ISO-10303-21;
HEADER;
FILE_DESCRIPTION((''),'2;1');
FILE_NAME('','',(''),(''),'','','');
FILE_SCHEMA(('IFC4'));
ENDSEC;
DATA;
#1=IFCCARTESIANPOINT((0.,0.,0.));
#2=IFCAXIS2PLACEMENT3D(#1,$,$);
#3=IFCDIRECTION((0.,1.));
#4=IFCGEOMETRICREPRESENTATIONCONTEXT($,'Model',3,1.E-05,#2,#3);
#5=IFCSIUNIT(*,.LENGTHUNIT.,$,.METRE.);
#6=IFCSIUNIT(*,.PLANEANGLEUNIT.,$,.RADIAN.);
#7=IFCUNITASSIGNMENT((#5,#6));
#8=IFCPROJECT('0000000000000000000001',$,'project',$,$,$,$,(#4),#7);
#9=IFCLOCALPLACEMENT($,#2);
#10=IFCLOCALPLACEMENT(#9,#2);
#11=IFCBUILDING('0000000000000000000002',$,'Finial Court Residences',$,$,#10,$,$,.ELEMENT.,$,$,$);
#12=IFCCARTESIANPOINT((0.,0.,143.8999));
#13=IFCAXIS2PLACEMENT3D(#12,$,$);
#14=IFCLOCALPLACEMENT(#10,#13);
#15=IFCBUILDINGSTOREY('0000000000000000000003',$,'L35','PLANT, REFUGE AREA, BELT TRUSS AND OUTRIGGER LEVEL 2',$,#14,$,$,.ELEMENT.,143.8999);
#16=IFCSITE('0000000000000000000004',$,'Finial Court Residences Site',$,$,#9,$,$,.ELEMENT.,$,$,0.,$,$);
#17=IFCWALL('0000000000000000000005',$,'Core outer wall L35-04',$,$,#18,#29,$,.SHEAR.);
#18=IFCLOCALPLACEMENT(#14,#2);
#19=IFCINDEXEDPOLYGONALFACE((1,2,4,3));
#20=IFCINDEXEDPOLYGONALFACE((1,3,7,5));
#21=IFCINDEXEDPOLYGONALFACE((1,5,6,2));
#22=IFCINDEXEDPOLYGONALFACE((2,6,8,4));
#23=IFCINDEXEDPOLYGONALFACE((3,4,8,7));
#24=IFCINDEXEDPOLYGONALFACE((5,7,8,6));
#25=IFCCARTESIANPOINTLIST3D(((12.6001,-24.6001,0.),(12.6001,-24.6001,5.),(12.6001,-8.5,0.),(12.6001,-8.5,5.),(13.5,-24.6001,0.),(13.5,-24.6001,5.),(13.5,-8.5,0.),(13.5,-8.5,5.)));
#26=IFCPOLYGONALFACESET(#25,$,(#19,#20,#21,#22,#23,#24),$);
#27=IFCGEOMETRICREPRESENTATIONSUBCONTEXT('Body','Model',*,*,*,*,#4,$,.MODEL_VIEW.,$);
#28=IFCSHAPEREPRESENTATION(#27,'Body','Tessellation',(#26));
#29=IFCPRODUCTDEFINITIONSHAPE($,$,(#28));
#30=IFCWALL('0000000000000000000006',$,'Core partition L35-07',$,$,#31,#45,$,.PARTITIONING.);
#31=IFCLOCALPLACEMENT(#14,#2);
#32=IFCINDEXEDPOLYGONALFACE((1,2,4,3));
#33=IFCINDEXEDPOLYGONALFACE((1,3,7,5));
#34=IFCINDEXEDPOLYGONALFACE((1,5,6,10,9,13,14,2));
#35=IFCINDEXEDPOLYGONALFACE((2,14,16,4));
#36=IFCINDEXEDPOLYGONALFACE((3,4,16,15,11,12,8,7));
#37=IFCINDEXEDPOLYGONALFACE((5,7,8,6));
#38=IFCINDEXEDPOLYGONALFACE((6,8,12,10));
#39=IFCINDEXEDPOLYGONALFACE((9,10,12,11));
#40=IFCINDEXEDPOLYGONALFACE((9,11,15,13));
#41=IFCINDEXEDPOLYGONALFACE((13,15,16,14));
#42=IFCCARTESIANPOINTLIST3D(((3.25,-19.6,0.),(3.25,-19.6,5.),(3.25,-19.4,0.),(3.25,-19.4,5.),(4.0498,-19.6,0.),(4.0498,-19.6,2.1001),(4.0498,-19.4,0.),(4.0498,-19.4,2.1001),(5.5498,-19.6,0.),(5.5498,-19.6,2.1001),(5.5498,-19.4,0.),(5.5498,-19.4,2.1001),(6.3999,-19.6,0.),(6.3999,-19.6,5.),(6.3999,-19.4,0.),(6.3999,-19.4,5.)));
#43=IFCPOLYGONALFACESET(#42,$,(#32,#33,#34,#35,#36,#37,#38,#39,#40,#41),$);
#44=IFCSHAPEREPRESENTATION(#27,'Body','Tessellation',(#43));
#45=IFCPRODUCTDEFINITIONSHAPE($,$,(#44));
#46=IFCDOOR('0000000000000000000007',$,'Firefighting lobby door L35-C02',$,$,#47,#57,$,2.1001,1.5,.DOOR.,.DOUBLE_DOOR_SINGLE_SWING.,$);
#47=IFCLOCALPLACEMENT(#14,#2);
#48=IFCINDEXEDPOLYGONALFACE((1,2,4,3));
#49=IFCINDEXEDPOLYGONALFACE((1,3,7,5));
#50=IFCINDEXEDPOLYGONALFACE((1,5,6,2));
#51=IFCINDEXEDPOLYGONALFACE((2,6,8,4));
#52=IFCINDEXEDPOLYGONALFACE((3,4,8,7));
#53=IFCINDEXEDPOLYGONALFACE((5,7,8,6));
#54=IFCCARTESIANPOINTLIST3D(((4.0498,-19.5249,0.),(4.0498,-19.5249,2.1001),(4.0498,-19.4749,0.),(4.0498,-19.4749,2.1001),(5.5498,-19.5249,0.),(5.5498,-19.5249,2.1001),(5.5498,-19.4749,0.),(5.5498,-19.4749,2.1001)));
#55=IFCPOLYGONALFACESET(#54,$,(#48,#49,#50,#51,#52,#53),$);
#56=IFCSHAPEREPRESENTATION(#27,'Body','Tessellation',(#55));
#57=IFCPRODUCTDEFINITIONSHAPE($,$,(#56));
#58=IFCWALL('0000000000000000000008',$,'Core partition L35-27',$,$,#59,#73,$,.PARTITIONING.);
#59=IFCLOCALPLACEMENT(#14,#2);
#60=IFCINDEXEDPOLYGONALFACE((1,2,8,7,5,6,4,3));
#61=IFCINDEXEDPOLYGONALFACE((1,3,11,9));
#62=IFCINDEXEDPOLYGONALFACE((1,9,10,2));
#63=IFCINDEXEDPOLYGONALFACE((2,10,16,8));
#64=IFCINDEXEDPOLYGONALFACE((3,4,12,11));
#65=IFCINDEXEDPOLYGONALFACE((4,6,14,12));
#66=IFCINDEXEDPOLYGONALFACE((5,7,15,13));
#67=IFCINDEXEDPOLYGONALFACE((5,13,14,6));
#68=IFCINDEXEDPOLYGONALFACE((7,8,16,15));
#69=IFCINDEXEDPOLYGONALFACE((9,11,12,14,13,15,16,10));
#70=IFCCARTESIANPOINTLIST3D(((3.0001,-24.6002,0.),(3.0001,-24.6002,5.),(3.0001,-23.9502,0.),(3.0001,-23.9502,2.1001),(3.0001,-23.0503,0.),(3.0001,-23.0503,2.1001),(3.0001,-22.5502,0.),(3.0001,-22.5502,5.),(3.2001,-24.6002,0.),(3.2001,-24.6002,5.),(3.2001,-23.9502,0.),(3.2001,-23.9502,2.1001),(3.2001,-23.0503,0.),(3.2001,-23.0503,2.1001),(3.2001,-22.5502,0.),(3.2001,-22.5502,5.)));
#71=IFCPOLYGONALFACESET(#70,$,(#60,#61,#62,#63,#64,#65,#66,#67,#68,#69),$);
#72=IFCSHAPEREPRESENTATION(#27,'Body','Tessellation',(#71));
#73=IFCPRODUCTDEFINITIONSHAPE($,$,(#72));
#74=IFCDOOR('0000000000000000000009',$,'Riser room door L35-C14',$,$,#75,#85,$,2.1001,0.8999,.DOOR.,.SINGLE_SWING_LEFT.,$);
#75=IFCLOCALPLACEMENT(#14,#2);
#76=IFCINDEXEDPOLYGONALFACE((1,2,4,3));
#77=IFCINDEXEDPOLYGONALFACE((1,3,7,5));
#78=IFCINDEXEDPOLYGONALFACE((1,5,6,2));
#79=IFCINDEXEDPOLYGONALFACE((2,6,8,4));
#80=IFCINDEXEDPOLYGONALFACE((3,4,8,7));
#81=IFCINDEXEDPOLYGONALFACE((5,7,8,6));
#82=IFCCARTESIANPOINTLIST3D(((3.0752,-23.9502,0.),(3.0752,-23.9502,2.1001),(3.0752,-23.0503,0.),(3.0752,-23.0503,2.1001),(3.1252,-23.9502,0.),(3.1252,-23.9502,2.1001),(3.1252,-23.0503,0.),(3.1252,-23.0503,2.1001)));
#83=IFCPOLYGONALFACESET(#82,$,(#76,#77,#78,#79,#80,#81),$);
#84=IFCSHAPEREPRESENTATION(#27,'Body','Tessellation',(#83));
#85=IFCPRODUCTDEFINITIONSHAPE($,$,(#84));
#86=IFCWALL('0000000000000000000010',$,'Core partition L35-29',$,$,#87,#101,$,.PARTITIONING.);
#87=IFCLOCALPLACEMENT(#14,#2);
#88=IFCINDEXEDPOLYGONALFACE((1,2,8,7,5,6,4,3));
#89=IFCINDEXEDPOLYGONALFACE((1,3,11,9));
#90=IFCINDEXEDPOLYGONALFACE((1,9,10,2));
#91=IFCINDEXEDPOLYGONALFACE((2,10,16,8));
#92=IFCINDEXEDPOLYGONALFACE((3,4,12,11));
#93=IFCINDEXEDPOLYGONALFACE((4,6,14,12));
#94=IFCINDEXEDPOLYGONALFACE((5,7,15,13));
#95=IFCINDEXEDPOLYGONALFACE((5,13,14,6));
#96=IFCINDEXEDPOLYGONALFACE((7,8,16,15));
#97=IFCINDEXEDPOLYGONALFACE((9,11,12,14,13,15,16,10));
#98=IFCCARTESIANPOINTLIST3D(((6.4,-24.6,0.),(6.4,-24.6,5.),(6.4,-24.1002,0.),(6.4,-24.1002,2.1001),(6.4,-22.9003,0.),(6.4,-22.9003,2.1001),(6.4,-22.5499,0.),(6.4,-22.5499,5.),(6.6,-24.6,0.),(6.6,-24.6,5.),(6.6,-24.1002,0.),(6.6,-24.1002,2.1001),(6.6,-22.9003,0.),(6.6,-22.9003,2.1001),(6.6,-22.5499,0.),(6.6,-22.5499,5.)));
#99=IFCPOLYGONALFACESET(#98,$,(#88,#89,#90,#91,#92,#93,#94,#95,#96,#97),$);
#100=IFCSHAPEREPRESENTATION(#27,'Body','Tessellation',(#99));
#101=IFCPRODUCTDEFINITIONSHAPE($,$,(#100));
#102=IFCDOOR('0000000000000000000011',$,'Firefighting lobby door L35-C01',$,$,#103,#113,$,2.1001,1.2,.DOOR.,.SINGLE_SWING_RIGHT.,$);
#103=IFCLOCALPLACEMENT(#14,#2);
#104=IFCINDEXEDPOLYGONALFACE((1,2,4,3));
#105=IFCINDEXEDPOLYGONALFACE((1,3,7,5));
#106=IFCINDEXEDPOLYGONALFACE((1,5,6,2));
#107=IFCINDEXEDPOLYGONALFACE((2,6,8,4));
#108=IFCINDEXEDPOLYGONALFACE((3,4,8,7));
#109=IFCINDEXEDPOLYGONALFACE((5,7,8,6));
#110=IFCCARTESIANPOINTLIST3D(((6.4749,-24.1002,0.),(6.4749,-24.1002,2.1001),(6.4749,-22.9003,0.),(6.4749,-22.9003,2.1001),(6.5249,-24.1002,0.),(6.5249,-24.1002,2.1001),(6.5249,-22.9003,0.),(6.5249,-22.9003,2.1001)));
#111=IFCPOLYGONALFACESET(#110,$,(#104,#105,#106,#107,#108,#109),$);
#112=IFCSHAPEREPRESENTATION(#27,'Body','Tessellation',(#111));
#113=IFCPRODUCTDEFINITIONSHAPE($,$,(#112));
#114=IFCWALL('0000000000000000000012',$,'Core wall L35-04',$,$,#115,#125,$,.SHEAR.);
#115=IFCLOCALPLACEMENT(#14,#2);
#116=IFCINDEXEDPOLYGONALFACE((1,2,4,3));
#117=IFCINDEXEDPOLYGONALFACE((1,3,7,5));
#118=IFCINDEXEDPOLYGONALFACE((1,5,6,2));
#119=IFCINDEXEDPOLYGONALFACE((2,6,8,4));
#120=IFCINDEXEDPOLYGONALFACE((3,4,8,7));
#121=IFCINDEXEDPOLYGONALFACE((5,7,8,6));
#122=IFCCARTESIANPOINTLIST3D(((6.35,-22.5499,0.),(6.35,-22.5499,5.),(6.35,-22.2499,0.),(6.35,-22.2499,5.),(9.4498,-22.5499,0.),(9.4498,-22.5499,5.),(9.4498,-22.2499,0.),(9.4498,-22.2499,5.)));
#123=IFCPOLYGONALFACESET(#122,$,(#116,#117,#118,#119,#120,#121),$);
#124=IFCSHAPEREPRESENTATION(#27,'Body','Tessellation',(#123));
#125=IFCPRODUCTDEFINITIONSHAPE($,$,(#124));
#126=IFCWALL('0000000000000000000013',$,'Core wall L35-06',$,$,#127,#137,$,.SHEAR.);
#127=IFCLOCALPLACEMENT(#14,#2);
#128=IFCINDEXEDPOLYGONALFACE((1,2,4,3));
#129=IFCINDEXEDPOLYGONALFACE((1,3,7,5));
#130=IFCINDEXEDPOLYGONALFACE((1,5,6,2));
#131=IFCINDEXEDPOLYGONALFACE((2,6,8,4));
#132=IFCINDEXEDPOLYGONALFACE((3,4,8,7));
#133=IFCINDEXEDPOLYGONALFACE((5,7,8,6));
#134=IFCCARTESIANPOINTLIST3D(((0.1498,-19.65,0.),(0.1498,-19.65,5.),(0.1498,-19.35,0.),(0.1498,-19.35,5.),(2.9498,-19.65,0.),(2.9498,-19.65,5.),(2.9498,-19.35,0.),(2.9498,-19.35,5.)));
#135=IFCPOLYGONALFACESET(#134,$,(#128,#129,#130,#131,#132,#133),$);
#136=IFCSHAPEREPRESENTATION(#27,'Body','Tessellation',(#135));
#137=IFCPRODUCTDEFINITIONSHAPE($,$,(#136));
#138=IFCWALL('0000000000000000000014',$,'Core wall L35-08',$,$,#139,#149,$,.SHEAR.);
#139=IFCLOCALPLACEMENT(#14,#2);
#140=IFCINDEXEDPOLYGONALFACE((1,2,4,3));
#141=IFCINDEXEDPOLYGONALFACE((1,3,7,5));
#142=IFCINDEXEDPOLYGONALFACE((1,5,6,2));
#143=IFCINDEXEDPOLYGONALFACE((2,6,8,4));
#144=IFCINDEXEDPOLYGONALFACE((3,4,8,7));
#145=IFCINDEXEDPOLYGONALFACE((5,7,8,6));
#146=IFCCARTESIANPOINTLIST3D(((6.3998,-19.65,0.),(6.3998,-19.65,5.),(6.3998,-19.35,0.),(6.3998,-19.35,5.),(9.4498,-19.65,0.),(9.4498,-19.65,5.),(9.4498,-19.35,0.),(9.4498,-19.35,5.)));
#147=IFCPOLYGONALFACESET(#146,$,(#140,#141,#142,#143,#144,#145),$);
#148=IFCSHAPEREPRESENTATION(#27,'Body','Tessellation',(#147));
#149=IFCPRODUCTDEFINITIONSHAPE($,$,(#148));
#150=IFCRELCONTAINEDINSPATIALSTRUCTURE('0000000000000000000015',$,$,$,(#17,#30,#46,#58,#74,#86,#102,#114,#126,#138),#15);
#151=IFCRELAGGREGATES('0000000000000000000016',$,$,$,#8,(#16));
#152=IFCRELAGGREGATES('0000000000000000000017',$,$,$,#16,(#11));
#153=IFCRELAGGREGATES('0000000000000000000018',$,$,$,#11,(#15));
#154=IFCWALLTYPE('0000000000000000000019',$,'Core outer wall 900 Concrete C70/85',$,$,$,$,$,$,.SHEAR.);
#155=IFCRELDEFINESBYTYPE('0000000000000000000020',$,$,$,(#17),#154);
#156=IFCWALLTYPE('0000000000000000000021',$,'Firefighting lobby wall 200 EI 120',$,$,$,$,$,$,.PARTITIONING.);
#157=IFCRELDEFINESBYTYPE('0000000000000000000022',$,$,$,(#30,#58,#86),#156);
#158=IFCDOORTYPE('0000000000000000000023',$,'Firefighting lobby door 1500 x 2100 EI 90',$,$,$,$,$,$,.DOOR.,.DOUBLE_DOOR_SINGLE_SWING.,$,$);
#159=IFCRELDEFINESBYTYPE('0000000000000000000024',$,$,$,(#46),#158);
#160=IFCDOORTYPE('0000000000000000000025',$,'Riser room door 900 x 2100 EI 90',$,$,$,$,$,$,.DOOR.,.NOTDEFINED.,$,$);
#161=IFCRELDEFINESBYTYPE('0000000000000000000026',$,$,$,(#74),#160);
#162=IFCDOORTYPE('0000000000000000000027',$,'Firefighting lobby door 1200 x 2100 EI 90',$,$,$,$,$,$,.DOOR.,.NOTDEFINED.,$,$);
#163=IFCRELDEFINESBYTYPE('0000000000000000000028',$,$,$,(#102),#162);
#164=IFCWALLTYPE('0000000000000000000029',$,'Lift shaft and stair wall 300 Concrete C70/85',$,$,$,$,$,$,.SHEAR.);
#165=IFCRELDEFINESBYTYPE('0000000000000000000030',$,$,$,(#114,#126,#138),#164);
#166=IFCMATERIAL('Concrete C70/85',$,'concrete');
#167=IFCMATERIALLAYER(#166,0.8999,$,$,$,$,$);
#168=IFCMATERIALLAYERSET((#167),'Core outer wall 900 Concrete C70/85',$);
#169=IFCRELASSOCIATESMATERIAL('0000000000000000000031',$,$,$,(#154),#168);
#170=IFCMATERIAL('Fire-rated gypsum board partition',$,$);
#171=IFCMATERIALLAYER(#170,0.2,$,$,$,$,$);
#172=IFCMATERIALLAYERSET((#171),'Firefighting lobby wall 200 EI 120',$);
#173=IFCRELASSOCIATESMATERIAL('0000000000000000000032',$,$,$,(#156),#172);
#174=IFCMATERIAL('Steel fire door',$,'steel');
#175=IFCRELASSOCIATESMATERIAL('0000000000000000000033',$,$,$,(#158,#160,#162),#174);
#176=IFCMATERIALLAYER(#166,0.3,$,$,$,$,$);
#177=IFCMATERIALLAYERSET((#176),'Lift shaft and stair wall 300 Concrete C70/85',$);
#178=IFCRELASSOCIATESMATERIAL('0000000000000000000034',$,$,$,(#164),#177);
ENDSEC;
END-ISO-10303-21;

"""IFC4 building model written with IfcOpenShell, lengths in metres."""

from ifc_helpers import new_model, si_unit, direction, frame, frame_2d, origin, place, context, subcontext, project, spatial, rectangle, extrude, material, layer, layer_set, type_object, element, fill, save


model = new_model("IFC4")

# Units and contexts
model_context = context("Model", 3, precision=1e-05, world=origin(), true_north=direction((0.0, 1.0)))
body_context = subcontext(model_context, "Body", "Model", "MODEL_VIEW")
ifc_project = project(units=[si_unit("LENGTHUNIT", "METRE"), si_unit("PLANEANGLEUNIT", "RADIAN")], contexts=[model_context])

# Site, building, storey
site_placement = place(None, origin())
site = spatial("IfcSite", under=ifc_project, at=site_placement, Name="Finial Court Residences Site", CompositionType="ELEMENT", RefElevation=0.0)
building_placement = place(site_placement, origin())
building = spatial("IfcBuilding", under=site, at=building_placement, Name="Finial Court Residences", CompositionType="ELEMENT")
storey_placement = place(building_placement, frame((0.0, 0.0, 143.8999)))
storey = spatial("IfcBuildingStorey", under=building, at=storey_placement, Name="L35", Description="PLANT, REFUGE AREA, BELT TRUSS AND OUTRIGGER LEVEL 2", CompositionType="ELEMENT", Elevation=143.8999)

# Wall
ifc_material_1 = material(Name="Concrete C70/85", Category="concrete")
ifc_layer_1 = layer(ifc_material_1, 0.8999)
ifc_layer_set_1 = layer_set([ifc_layer_1], Name="Core outer wall 900 Concrete C70/85")
wall_type_1 = type_object("IfcWallType", Name="Core outer wall 900 Concrete C70/85", PredefinedType="SHEAR", material=ifc_layer_set_1)
wall_1_placement = place(storey_placement, frame((13.05, -24.6001, 0.0), z_axis=(0.0, 0.0, 1.0), x_axis=(0.0, 1.0, 0.0)))
element("IfcWall", 1, at=wall_1_placement, inside=storey, type_object=wall_type_1, Name="Core outer wall L35-04", PredefinedType="SHEAR", context=body_context, shape_type="SweptSolid", body=[
    extrude(rectangle(XDim=16.1001, YDim=0.8999, at=frame_2d((8.05, 0.0))), origin(), (0.0, 0.0, 1.0), 5.0),
])

# Walls, openings, doors
ifc_material_2 = material(Name="Fire-rated gypsum board partition")
ifc_layer_2 = layer(ifc_material_2, 0.2)
ifc_layer_set_2 = layer_set([ifc_layer_2], Name="Firefighting lobby wall 200 EI 120")
wall_type_2 = type_object("IfcWallType", Name="Firefighting lobby wall 200 EI 120", PredefinedType="PARTITIONING", material=ifc_layer_set_2)
wall_2_placement = place(storey_placement, frame((6.3999, -19.5, 0.0), z_axis=(0.0, 0.0, 1.0), x_axis=(-1.0, 0.0, 0.0)))
wall_2 = element("IfcWall", 2, at=wall_2_placement, inside=storey, type_object=wall_type_2, Name="Core partition L35-07", PredefinedType="PARTITIONING", context=body_context, shape_type="SweptSolid", body=[
    extrude(rectangle(XDim=3.1499, YDim=0.2, at=frame_2d((1.575, 0.0))), origin(), (0.0, 0.0, 1.0), 5.0),
])
opening_1_placement = place(wall_2_placement, frame((0.8501, 0.0, 0.0)))
opening_1 = element("IfcOpeningElement", 3, at=opening_1_placement, cuts=wall_2, PredefinedType="OPENING", context=body_context, shape_type="SweptSolid", body=[
    extrude(rectangle(XDim=1.5, YDim=2.1001, at=frame_2d((0.75, 1.05))), frame((0.0, 0.1099, 0.0), z_axis=(0.0, -1.0, 0.0), x_axis=(1.0, 0.0, 0.0)), (0.0, 0.0, 1.0), 0.22),
])
ifc_material_3 = material(Name="Steel fire door", Category="steel")
door_type_1 = type_object("IfcDoorType", Name="Firefighting lobby door 1500 x 2100 EI 90", OperationType="DOUBLE_DOOR_SINGLE_SWING", PredefinedType="DOOR", material=ifc_material_3)
door_1_placement = place(opening_1_placement, origin())
door_1 = element("IfcDoor", 4, at=door_1_placement, inside=storey, type_object=door_type_1, Name="Firefighting lobby door L35-C02", OperationType="DOUBLE_DOOR_SINGLE_SWING", OverallHeight=2.1001, OverallWidth=1.5, PredefinedType="DOOR", context=body_context, shape_type="SweptSolid", body=[
    extrude(rectangle(XDim=1.5, YDim=2.1001, at=frame_2d((0.75, 1.05))), frame((0.0, 0.0249, 0.0), z_axis=(0.0, -1.0, 0.0), x_axis=(1.0, 0.0, 0.0)), (0.0, 0.0, 1.0), 0.05),
])
fill(opening_1, door_1)
wall_3_placement = place(storey_placement, frame((3.1001, -24.6001, 0.0), z_axis=(0.0, 0.0, 1.0), x_axis=(0.0, 1.0, 0.0)))
wall_3 = element("IfcWall", 5, at=wall_3_placement, inside=storey, type_object=wall_type_2, Name="Core partition L35-27", PredefinedType="PARTITIONING", context=body_context, shape_type="SweptSolid", body=[
    extrude(rectangle(XDim=2.05, YDim=0.2, at=frame_2d((1.0249, 0.0))), origin(), (0.0, 0.0, 1.0), 5.0),
])
opening_2_placement = place(wall_3_placement, frame((0.6499, 0.0, 0.0)))
opening_2 = element("IfcOpeningElement", 6, at=opening_2_placement, cuts=wall_3, PredefinedType="OPENING", context=body_context, shape_type="SweptSolid", body=[
    extrude(rectangle(XDim=0.8999, YDim=2.1001, at=frame_2d((0.45, 1.05))), frame((0.0, 0.1099, 0.0), z_axis=(0.0, -1.0, 0.0), x_axis=(1.0, 0.0, 0.0)), (0.0, 0.0, 1.0), 0.22),
])
door_type_2 = type_object("IfcDoorType", Name="Riser room door 900 x 2100 EI 90", OperationType="NOTDEFINED", PredefinedType="DOOR", material=ifc_material_3)
door_2_placement = place(opening_2_placement, origin())
door_2 = element("IfcDoor", 7, at=door_2_placement, inside=storey, type_object=door_type_2, Name="Riser room door L35-C14", OperationType="SINGLE_SWING_LEFT", OverallHeight=2.1001, OverallWidth=0.8999, PredefinedType="DOOR", context=body_context, shape_type="SweptSolid", body=[
    extrude(rectangle(XDim=0.8999, YDim=2.1001, at=frame_2d((0.45, 1.05))), frame((0.0, 0.0249, 0.0), z_axis=(0.0, -1.0, 0.0), x_axis=(1.0, 0.0, 0.0)), (0.0, 0.0, 1.0), 0.05),
])
fill(opening_2, door_2)
wall_4_placement = place(storey_placement, frame((6.5, -22.55, 0.0), z_axis=(0.0, 0.0, 1.0), x_axis=(0.0, -1.0, 0.0)))
wall_4 = element("IfcWall", 8, at=wall_4_placement, inside=storey, type_object=wall_type_2, Name="Core partition L35-29", PredefinedType="PARTITIONING", context=body_context, shape_type="SweptSolid", body=[
    extrude(rectangle(XDim=2.05, YDim=0.2, at=frame_2d((1.0249, 0.0))), origin(), (0.0, 0.0, 1.0), 5.0),
])
opening_3_placement = place(wall_4_placement, frame((0.3501, 0.0, 0.0)))
opening_3 = element("IfcOpeningElement", 9, at=opening_3_placement, cuts=wall_4, PredefinedType="OPENING", context=body_context, shape_type="SweptSolid", body=[
    extrude(rectangle(XDim=1.2, YDim=2.1001, at=frame_2d((0.6001, 1.05))), frame((0.0, 0.1099, 0.0), z_axis=(0.0, -1.0, 0.0), x_axis=(1.0, 0.0, 0.0)), (0.0, 0.0, 1.0), 0.22),
])
door_type_3 = type_object("IfcDoorType", Name="Firefighting lobby door 1200 x 2100 EI 90", OperationType="NOTDEFINED", PredefinedType="DOOR", material=ifc_material_3)
door_3_placement = place(opening_3_placement, origin())
door_3 = element("IfcDoor", 10, at=door_3_placement, inside=storey, type_object=door_type_3, Name="Firefighting lobby door L35-C01", OperationType="SINGLE_SWING_RIGHT", OverallHeight=2.1001, OverallWidth=1.2, PredefinedType="DOOR", context=body_context, shape_type="SweptSolid", body=[
    extrude(rectangle(XDim=1.2, YDim=2.1001, at=frame_2d((0.6001, 1.05))), frame((0.0, 0.0249, 0.0), z_axis=(0.0, -1.0, 0.0), x_axis=(1.0, 0.0, 0.0)), (0.0, 0.0, 1.0), 0.05),
])
fill(opening_3, door_3)

# Walls
ifc_layer_3 = layer(ifc_material_1, 0.3)
ifc_layer_set_3 = layer_set([ifc_layer_3], Name="Lift shaft and stair wall 300 Concrete C70/85")
wall_type_3 = type_object("IfcWallType", Name="Lift shaft and stair wall 300 Concrete C70/85", PredefinedType="SHEAR", material=ifc_layer_set_3)
wall_5_placement = place(storey_placement, frame((6.3501, -22.3999, 0.0), z_axis=(0.0, 0.0, 1.0), x_axis=(1.0, 0.0, 0.0)))
element("IfcWall", 11, at=wall_5_placement, inside=storey, type_object=wall_type_3, Name="Core wall L35-04", PredefinedType="SHEAR", context=body_context, shape_type="SweptSolid", body=[
    extrude(rectangle(XDim=3.0999, YDim=0.3, at=frame_2d((1.5498, 0.0))), origin(), (0.0, 0.0, 1.0), 5.0),
])
wall_6_placement = place(storey_placement, frame((0.1499, -19.5, 0.0), z_axis=(0.0, 0.0, 1.0), x_axis=(1.0, 0.0, 0.0)))
element("IfcWall", 12, at=wall_6_placement, inside=storey, type_object=wall_type_3, Name="Core wall L35-06", PredefinedType="SHEAR", context=body_context, shape_type="SweptSolid", body=[
    extrude(rectangle(XDim=2.8, YDim=0.3, at=frame_2d((1.3999, 0.0))), origin(), (0.0, 0.0, 1.0), 5.0),
])
wall_7_placement = place(storey_placement, frame((6.3999, -19.5, 0.0), z_axis=(0.0, 0.0, 1.0), x_axis=(1.0, 0.0, 0.0)))
element("IfcWall", 13, at=wall_7_placement, inside=storey, type_object=wall_type_3, Name="Core wall L35-08", PredefinedType="SHEAR", context=body_context, shape_type="SweptSolid", body=[
    extrude(rectangle(XDim=3.05, YDim=0.3, at=frame_2d((1.5249, 0.0))), origin(), (0.0, 0.0, 1.0), 5.0),
])

save(model, "model.ifc")
